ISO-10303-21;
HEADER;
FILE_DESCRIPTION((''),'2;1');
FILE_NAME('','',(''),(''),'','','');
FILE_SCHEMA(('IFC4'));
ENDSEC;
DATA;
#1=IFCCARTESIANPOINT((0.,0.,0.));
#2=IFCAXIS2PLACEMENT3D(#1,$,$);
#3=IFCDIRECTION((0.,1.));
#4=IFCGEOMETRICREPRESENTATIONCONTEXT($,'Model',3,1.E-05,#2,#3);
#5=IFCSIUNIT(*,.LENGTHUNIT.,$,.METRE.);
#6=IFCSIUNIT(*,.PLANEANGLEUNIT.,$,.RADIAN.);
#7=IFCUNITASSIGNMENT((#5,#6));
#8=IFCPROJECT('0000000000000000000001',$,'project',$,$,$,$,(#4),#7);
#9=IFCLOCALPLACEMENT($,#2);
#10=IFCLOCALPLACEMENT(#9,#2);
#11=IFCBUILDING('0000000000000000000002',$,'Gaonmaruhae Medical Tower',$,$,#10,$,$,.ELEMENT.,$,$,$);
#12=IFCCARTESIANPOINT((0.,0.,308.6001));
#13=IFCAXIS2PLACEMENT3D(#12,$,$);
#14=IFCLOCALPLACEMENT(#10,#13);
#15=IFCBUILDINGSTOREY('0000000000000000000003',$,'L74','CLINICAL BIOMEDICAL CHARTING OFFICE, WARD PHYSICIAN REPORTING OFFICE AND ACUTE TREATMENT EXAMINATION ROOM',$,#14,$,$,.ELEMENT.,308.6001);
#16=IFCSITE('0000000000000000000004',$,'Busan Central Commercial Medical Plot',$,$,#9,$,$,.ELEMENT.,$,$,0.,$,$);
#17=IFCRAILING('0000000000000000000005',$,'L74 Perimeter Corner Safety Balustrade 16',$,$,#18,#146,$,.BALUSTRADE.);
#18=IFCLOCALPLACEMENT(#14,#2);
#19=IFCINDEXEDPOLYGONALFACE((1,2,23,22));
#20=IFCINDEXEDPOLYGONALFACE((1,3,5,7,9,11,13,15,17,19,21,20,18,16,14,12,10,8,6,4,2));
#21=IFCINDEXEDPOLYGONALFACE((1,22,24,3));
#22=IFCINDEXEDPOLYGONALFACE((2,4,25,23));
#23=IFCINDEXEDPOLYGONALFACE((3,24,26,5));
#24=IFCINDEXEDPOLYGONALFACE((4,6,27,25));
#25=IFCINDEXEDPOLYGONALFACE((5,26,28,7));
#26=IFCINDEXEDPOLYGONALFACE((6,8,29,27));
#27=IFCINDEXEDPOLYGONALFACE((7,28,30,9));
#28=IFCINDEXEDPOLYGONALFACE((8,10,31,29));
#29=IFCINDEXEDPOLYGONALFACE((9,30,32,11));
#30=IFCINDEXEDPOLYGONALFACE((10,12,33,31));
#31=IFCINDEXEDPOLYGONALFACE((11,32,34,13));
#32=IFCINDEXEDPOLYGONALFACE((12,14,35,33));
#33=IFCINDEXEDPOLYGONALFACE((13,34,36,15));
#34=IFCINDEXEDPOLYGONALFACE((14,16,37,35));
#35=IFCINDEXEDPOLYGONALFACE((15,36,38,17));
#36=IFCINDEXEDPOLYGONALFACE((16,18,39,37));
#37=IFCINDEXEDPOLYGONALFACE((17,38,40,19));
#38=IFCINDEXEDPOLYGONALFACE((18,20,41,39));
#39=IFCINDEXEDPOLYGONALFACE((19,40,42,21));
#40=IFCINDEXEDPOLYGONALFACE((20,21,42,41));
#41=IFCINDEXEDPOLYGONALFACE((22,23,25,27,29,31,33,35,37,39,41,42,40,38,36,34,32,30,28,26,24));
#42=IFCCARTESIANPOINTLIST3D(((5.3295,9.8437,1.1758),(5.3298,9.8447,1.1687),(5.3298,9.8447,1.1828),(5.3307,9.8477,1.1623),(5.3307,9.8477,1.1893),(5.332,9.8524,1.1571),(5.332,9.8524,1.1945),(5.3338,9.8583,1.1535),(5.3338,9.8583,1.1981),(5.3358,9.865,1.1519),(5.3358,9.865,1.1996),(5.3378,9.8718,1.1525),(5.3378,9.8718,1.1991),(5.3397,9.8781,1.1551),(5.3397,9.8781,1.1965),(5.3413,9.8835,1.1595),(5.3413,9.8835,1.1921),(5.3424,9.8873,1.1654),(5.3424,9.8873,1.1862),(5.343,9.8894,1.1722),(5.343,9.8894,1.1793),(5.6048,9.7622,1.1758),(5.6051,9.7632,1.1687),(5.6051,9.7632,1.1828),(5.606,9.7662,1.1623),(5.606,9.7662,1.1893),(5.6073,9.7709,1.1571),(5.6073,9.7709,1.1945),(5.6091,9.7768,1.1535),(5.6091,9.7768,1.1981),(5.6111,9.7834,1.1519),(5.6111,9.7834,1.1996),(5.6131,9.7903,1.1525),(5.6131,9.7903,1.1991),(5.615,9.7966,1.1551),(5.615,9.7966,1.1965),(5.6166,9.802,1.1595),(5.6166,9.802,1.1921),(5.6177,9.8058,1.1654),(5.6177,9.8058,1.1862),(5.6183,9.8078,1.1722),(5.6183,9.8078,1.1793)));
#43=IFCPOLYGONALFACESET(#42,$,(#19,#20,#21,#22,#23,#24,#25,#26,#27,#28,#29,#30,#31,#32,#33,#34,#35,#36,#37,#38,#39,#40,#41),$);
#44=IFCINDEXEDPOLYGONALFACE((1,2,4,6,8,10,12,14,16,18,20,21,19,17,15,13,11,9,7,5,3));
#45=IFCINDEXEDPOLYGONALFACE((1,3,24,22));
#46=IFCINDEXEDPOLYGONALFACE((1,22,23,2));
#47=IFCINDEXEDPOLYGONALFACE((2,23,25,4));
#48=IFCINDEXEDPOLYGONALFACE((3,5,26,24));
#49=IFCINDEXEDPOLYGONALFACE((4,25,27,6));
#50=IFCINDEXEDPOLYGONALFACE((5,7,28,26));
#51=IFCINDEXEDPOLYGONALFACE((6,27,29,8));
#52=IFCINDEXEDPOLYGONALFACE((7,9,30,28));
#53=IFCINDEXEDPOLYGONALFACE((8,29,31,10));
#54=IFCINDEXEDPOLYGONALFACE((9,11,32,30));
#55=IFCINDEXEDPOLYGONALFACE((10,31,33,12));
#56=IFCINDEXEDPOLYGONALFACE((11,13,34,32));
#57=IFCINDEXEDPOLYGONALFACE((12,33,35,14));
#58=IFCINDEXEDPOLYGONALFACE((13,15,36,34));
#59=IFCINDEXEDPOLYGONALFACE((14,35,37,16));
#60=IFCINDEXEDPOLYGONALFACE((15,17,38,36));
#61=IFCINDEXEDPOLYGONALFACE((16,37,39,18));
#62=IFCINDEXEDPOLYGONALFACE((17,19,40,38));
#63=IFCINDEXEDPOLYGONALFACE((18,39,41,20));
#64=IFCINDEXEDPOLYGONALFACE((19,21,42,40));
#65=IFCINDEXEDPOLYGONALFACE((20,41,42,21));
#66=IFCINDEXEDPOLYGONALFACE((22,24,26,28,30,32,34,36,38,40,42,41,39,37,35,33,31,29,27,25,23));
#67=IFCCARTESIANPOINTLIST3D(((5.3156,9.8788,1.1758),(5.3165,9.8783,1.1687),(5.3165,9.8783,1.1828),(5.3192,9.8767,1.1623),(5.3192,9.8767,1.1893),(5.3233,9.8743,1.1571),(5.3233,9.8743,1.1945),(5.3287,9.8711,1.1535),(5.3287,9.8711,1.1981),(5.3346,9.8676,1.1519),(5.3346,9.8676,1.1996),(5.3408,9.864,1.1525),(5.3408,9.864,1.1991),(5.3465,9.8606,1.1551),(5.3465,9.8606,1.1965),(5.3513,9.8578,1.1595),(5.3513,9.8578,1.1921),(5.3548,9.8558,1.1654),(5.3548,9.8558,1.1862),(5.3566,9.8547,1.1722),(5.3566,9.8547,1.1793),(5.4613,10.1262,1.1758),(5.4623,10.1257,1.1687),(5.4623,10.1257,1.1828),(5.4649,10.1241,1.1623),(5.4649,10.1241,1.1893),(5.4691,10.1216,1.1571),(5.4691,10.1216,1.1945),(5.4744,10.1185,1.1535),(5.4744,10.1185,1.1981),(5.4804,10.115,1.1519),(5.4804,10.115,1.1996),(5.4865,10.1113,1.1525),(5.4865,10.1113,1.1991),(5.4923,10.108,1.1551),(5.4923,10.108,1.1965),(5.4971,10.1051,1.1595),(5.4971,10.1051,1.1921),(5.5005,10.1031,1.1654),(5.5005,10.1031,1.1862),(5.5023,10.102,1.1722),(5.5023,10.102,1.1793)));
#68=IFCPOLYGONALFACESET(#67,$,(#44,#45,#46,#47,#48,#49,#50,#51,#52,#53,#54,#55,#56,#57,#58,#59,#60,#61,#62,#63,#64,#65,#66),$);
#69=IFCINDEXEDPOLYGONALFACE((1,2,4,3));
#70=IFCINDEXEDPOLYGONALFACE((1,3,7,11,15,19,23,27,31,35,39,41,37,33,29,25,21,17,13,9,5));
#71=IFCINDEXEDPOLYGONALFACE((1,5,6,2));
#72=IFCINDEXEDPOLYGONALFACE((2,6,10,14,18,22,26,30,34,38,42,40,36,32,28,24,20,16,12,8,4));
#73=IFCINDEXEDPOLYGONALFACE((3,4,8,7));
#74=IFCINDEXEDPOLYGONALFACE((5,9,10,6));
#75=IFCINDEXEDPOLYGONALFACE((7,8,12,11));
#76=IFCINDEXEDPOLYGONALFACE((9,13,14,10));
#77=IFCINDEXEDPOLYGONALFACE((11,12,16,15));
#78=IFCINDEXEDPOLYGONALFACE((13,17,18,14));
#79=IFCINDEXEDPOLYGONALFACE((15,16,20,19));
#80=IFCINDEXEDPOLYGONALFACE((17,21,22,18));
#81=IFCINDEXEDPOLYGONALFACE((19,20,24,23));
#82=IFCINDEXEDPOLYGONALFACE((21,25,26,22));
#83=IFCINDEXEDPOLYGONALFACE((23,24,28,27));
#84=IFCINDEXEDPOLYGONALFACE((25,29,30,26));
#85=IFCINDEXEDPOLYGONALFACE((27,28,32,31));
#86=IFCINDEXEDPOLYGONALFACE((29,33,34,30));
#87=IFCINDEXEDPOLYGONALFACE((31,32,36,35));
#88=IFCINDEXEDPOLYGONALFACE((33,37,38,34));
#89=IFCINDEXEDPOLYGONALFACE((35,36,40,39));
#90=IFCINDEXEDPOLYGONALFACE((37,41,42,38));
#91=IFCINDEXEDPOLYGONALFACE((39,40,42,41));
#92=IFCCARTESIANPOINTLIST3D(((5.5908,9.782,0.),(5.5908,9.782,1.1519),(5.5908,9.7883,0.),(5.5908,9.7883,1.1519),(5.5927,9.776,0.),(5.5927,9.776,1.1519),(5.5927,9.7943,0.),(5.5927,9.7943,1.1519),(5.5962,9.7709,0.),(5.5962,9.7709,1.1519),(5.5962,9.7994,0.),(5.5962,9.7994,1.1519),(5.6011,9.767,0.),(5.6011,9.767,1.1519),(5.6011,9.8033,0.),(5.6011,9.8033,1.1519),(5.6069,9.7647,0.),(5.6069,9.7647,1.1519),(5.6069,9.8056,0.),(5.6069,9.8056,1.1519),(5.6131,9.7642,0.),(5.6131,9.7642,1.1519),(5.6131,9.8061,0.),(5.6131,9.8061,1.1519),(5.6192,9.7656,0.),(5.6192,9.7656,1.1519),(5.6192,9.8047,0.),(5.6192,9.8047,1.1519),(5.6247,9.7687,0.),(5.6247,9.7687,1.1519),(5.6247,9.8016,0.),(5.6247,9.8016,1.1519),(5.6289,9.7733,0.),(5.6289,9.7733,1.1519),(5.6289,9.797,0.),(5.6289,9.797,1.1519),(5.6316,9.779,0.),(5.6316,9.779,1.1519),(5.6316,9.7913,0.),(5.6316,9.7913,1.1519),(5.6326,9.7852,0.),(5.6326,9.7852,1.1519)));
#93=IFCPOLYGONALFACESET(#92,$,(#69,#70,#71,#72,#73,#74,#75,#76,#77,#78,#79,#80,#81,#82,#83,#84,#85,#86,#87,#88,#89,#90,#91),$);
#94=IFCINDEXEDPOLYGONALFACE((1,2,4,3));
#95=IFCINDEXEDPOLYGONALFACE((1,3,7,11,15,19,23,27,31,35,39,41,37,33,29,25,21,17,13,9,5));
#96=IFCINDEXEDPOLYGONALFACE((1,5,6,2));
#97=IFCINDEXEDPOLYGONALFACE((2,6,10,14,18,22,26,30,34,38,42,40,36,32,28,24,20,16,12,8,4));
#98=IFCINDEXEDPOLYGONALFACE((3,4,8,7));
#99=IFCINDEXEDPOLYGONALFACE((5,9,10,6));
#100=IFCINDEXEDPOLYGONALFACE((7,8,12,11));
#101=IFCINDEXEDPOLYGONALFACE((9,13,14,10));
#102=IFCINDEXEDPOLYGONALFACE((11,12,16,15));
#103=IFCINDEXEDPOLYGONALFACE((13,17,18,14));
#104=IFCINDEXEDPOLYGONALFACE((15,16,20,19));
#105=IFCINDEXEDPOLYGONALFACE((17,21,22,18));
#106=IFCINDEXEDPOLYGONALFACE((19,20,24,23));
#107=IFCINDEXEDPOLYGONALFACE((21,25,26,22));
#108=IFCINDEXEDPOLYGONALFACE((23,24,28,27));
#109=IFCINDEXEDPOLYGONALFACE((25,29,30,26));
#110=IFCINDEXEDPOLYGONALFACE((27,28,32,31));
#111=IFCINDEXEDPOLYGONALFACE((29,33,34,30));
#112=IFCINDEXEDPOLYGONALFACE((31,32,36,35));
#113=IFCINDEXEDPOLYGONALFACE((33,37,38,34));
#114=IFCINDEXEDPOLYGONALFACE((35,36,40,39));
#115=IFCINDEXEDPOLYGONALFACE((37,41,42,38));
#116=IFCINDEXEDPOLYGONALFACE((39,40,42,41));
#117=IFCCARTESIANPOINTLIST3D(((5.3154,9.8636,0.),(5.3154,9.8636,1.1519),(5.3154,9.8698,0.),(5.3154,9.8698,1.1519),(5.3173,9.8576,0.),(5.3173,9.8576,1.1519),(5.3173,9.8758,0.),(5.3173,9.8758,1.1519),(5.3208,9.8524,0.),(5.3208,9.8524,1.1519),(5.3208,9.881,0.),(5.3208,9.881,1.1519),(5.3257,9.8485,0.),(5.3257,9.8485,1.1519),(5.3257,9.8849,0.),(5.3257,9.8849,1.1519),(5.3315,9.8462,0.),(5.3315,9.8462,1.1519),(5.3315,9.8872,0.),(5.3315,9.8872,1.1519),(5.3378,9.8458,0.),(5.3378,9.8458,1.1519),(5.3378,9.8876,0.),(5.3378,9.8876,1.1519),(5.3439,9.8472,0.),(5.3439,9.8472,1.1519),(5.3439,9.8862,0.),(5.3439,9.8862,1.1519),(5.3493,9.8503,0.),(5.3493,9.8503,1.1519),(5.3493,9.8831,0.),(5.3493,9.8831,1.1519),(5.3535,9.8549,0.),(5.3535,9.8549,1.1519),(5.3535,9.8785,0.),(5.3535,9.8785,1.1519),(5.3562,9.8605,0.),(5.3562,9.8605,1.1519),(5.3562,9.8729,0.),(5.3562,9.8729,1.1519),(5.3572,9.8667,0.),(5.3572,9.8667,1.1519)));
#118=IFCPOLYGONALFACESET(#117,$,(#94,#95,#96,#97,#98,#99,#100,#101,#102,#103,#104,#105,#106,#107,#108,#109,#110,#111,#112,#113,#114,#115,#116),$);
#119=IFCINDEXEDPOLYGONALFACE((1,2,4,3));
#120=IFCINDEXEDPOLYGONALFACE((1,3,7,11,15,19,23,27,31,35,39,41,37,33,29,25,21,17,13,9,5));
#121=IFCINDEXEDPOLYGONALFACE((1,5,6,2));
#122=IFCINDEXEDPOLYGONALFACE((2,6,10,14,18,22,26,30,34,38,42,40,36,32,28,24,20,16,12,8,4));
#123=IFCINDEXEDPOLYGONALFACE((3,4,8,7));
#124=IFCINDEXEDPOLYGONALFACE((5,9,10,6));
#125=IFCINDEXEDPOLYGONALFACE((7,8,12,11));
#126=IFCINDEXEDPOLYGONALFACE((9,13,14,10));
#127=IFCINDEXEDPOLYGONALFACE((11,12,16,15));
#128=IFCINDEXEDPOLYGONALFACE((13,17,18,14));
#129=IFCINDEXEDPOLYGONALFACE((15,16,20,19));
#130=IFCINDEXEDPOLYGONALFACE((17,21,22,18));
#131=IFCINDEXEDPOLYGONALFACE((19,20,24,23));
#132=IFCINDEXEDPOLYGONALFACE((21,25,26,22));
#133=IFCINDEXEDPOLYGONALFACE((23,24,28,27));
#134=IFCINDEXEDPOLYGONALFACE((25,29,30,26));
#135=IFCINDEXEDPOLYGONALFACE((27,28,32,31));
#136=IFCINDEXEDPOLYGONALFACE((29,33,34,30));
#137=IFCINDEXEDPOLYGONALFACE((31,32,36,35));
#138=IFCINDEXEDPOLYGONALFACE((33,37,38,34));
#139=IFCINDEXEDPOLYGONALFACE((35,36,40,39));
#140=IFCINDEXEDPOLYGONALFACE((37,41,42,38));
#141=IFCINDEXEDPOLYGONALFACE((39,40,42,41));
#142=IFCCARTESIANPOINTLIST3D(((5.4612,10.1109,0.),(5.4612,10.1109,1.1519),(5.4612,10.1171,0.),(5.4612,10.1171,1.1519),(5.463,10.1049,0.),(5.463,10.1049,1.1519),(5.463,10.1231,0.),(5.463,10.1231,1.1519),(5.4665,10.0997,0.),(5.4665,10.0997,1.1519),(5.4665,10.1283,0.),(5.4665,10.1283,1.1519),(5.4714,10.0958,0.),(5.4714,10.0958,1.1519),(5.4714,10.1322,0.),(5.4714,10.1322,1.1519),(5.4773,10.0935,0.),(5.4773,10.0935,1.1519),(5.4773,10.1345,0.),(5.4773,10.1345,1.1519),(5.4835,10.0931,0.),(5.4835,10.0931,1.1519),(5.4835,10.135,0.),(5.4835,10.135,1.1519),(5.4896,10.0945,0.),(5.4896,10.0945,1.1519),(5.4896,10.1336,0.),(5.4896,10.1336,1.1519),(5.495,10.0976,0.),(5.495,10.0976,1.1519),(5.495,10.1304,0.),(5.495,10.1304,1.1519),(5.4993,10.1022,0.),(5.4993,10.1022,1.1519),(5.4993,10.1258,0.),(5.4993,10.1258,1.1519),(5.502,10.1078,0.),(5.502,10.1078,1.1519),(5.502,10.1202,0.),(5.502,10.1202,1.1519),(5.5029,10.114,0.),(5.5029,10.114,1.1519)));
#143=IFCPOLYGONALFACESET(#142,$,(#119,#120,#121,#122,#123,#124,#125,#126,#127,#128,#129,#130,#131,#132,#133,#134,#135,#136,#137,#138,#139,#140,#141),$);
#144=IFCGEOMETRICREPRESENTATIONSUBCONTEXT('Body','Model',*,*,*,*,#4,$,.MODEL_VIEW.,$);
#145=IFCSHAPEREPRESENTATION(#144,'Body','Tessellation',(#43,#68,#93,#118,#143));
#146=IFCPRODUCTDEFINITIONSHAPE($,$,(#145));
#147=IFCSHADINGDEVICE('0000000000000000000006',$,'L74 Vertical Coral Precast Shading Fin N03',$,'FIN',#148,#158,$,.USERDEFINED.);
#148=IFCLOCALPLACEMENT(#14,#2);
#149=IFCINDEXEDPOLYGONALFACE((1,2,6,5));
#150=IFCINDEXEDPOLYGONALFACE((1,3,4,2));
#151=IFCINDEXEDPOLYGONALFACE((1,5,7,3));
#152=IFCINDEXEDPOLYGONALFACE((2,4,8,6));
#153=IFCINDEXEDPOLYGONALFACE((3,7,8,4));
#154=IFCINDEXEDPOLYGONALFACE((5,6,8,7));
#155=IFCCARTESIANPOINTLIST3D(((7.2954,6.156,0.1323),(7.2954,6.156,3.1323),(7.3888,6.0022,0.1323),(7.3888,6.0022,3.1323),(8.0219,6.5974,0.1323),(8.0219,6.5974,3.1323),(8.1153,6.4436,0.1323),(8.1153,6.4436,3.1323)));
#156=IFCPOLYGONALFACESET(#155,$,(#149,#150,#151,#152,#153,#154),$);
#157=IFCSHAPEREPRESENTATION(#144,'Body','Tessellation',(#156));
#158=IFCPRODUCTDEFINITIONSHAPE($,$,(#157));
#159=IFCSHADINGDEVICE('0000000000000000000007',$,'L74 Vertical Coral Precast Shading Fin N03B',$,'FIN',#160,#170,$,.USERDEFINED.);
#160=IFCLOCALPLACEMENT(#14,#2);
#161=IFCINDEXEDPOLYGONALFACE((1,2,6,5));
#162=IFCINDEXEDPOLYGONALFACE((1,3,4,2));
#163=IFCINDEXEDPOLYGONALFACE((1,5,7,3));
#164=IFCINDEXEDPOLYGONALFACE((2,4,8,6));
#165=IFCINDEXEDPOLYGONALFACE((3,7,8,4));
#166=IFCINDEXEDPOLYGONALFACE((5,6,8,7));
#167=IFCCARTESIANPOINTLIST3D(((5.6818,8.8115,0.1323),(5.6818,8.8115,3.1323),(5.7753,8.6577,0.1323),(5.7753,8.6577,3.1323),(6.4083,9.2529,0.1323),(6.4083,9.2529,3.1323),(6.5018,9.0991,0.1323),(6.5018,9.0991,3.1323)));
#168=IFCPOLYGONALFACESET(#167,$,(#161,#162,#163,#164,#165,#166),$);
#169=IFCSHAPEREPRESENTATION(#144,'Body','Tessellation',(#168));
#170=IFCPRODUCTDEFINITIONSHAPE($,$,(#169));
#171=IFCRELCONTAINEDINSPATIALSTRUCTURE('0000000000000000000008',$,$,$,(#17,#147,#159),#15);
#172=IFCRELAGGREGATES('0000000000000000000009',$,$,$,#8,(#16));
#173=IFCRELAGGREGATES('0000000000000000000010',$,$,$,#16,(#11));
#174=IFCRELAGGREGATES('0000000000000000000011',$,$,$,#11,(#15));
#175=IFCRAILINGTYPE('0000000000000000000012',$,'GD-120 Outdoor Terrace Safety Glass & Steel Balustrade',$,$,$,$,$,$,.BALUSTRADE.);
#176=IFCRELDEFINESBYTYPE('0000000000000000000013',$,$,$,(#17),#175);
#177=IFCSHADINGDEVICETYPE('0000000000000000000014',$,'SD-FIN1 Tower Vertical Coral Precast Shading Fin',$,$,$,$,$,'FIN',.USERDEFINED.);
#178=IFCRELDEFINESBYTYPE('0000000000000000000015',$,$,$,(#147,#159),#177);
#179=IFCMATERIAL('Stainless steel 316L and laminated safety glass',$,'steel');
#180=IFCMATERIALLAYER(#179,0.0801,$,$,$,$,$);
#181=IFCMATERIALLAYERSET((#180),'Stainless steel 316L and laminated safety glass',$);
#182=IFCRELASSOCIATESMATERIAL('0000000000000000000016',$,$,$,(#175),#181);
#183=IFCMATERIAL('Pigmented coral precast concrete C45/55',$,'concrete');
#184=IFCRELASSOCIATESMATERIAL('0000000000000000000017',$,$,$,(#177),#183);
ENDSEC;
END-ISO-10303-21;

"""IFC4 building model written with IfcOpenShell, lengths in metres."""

from ifc_helpers import new_model, si_unit, direction, frame, origin, origin_2d, place, context, subcontext, project, spatial, rectangle, circle, extrude, material, layer, layer_set, type_object, element, save


model = new_model("IFC4")

# Units and contexts
model_context = context("Model", 3, precision=1e-05, world=origin(), true_north=direction((0.0, 1.0)))
body_context = subcontext(model_context, "Body", "Model", "MODEL_VIEW")
ifc_project = project(units=[si_unit("LENGTHUNIT", "METRE"), si_unit("PLANEANGLEUNIT", "RADIAN")], contexts=[model_context])

# Site, building, storey
site_placement = place(None, origin())
site = spatial("IfcSite", under=ifc_project, at=site_placement, Name="Busan Central Commercial Medical Plot", CompositionType="ELEMENT", RefElevation=0.0)
building_placement = place(site_placement, origin())
building = spatial("IfcBuilding", under=site, at=building_placement, Name="Gaonmaruhae Medical Tower", CompositionType="ELEMENT")
storey_placement = place(building_placement, frame((0.0, 0.0, 308.6001)))
storey = spatial("IfcBuildingStorey", under=building, at=storey_placement, Name="L74", Description="CLINICAL BIOMEDICAL CHARTING OFFICE, WARD PHYSICIAN REPORTING OFFICE AND ACUTE TREATMENT EXAMINATION ROOM", CompositionType="ELEMENT", Elevation=308.6001)

# Railing
ifc_material_1 = material(Name="Stainless steel 316L and laminated safety glass", Category="steel")
ifc_layer_1 = layer(ifc_material_1, 0.0801)
ifc_layer_set_1 = layer_set([ifc_layer_1], Name="Stainless steel 316L and laminated safety glass")
railing_type = type_object("IfcRailingType", Name="GD-120 Outdoor Terrace Safety Glass & Steel Balustrade", PredefinedType="BALUSTRADE", material=ifc_layer_set_1)
railing_1_placement = place(storey_placement, frame((5.6116, 9.7852, 0.0)))
element("IfcRailing", 1, at=railing_1_placement, inside=storey, type_object=railing_type, Name="L74 Perimeter Corner Safety Balustrade 16", PredefinedType="BALUSTRADE", context=body_context, shape_type="SweptSolid", body=[
    extrude(circle(Radius=0.0239, at=origin_2d()), frame((0.0, 0.0, 1.1758), z_axis=(-0.95885, 0.283915, 0.0), x_axis=(-0.283915, -0.95885, 0.0)), (0.0, 0.0, 1.0), 0.2871),
    extrude(circle(Radius=0.0239, at=origin_2d()), frame((-0.2754, 0.0815, 1.1758), z_axis=(0.507726, 0.861519, 0.0), x_axis=(-0.861519, 0.507726, 0.0)), (0.0, 0.0, 1.0), 0.2871),
    extrude(circle(Radius=0.021, at=origin_2d()), origin(), (0.0, 0.0, 1.0), 1.1519),
    extrude(circle(Radius=0.021, at=origin_2d()), frame((-0.2754, 0.0815, 0.0)), (0.0, 0.0, 1.0), 1.1519),
    extrude(circle(Radius=0.021, at=origin_2d()), frame((-0.1296, 0.3289, 0.0)), (0.0, 0.0, 1.0), 1.1519),
])

# Shading devices
ifc_material_2 = material(Name="Pigmented coral precast concrete C45/55", Category="concrete")
shading_device_type = type_object("IfcShadingDeviceType", Name="SD-FIN1 Tower Vertical Coral Precast Shading Fin", ElementType="FIN", PredefinedType="USERDEFINED", material=ifc_material_2)
for number, where, z_axis, x_axis, name in (
    (2, (7.7053, 6.2998, 0.1323), (0.0, 0.0, 1.0), (-0.519251, 0.854622, 0.0), "L74 Vertical Coral Precast Shading Fin N03"),
    (3, (6.0918, 8.9553, 0.1323), (0.0, 0.0, 1.0), (-0.519251, 0.854622, 0.0), "L74 Vertical Coral Precast Shading Fin N03B"),
):
    element("IfcShadingDevice", number, at=place(storey_placement, frame(where, z_axis=z_axis, x_axis=x_axis)), inside=storey, type_object=shading_device_type, Name=name, ObjectType="FIN", PredefinedType="USERDEFINED", context=body_context, shape_type="SweptSolid", body=[
        extrude(rectangle(XDim=0.1799, YDim=0.8501, at=origin_2d()), origin(), (0.0, 0.0, 1.0), 3.0),
    ])

save(model, "model.ifc")
